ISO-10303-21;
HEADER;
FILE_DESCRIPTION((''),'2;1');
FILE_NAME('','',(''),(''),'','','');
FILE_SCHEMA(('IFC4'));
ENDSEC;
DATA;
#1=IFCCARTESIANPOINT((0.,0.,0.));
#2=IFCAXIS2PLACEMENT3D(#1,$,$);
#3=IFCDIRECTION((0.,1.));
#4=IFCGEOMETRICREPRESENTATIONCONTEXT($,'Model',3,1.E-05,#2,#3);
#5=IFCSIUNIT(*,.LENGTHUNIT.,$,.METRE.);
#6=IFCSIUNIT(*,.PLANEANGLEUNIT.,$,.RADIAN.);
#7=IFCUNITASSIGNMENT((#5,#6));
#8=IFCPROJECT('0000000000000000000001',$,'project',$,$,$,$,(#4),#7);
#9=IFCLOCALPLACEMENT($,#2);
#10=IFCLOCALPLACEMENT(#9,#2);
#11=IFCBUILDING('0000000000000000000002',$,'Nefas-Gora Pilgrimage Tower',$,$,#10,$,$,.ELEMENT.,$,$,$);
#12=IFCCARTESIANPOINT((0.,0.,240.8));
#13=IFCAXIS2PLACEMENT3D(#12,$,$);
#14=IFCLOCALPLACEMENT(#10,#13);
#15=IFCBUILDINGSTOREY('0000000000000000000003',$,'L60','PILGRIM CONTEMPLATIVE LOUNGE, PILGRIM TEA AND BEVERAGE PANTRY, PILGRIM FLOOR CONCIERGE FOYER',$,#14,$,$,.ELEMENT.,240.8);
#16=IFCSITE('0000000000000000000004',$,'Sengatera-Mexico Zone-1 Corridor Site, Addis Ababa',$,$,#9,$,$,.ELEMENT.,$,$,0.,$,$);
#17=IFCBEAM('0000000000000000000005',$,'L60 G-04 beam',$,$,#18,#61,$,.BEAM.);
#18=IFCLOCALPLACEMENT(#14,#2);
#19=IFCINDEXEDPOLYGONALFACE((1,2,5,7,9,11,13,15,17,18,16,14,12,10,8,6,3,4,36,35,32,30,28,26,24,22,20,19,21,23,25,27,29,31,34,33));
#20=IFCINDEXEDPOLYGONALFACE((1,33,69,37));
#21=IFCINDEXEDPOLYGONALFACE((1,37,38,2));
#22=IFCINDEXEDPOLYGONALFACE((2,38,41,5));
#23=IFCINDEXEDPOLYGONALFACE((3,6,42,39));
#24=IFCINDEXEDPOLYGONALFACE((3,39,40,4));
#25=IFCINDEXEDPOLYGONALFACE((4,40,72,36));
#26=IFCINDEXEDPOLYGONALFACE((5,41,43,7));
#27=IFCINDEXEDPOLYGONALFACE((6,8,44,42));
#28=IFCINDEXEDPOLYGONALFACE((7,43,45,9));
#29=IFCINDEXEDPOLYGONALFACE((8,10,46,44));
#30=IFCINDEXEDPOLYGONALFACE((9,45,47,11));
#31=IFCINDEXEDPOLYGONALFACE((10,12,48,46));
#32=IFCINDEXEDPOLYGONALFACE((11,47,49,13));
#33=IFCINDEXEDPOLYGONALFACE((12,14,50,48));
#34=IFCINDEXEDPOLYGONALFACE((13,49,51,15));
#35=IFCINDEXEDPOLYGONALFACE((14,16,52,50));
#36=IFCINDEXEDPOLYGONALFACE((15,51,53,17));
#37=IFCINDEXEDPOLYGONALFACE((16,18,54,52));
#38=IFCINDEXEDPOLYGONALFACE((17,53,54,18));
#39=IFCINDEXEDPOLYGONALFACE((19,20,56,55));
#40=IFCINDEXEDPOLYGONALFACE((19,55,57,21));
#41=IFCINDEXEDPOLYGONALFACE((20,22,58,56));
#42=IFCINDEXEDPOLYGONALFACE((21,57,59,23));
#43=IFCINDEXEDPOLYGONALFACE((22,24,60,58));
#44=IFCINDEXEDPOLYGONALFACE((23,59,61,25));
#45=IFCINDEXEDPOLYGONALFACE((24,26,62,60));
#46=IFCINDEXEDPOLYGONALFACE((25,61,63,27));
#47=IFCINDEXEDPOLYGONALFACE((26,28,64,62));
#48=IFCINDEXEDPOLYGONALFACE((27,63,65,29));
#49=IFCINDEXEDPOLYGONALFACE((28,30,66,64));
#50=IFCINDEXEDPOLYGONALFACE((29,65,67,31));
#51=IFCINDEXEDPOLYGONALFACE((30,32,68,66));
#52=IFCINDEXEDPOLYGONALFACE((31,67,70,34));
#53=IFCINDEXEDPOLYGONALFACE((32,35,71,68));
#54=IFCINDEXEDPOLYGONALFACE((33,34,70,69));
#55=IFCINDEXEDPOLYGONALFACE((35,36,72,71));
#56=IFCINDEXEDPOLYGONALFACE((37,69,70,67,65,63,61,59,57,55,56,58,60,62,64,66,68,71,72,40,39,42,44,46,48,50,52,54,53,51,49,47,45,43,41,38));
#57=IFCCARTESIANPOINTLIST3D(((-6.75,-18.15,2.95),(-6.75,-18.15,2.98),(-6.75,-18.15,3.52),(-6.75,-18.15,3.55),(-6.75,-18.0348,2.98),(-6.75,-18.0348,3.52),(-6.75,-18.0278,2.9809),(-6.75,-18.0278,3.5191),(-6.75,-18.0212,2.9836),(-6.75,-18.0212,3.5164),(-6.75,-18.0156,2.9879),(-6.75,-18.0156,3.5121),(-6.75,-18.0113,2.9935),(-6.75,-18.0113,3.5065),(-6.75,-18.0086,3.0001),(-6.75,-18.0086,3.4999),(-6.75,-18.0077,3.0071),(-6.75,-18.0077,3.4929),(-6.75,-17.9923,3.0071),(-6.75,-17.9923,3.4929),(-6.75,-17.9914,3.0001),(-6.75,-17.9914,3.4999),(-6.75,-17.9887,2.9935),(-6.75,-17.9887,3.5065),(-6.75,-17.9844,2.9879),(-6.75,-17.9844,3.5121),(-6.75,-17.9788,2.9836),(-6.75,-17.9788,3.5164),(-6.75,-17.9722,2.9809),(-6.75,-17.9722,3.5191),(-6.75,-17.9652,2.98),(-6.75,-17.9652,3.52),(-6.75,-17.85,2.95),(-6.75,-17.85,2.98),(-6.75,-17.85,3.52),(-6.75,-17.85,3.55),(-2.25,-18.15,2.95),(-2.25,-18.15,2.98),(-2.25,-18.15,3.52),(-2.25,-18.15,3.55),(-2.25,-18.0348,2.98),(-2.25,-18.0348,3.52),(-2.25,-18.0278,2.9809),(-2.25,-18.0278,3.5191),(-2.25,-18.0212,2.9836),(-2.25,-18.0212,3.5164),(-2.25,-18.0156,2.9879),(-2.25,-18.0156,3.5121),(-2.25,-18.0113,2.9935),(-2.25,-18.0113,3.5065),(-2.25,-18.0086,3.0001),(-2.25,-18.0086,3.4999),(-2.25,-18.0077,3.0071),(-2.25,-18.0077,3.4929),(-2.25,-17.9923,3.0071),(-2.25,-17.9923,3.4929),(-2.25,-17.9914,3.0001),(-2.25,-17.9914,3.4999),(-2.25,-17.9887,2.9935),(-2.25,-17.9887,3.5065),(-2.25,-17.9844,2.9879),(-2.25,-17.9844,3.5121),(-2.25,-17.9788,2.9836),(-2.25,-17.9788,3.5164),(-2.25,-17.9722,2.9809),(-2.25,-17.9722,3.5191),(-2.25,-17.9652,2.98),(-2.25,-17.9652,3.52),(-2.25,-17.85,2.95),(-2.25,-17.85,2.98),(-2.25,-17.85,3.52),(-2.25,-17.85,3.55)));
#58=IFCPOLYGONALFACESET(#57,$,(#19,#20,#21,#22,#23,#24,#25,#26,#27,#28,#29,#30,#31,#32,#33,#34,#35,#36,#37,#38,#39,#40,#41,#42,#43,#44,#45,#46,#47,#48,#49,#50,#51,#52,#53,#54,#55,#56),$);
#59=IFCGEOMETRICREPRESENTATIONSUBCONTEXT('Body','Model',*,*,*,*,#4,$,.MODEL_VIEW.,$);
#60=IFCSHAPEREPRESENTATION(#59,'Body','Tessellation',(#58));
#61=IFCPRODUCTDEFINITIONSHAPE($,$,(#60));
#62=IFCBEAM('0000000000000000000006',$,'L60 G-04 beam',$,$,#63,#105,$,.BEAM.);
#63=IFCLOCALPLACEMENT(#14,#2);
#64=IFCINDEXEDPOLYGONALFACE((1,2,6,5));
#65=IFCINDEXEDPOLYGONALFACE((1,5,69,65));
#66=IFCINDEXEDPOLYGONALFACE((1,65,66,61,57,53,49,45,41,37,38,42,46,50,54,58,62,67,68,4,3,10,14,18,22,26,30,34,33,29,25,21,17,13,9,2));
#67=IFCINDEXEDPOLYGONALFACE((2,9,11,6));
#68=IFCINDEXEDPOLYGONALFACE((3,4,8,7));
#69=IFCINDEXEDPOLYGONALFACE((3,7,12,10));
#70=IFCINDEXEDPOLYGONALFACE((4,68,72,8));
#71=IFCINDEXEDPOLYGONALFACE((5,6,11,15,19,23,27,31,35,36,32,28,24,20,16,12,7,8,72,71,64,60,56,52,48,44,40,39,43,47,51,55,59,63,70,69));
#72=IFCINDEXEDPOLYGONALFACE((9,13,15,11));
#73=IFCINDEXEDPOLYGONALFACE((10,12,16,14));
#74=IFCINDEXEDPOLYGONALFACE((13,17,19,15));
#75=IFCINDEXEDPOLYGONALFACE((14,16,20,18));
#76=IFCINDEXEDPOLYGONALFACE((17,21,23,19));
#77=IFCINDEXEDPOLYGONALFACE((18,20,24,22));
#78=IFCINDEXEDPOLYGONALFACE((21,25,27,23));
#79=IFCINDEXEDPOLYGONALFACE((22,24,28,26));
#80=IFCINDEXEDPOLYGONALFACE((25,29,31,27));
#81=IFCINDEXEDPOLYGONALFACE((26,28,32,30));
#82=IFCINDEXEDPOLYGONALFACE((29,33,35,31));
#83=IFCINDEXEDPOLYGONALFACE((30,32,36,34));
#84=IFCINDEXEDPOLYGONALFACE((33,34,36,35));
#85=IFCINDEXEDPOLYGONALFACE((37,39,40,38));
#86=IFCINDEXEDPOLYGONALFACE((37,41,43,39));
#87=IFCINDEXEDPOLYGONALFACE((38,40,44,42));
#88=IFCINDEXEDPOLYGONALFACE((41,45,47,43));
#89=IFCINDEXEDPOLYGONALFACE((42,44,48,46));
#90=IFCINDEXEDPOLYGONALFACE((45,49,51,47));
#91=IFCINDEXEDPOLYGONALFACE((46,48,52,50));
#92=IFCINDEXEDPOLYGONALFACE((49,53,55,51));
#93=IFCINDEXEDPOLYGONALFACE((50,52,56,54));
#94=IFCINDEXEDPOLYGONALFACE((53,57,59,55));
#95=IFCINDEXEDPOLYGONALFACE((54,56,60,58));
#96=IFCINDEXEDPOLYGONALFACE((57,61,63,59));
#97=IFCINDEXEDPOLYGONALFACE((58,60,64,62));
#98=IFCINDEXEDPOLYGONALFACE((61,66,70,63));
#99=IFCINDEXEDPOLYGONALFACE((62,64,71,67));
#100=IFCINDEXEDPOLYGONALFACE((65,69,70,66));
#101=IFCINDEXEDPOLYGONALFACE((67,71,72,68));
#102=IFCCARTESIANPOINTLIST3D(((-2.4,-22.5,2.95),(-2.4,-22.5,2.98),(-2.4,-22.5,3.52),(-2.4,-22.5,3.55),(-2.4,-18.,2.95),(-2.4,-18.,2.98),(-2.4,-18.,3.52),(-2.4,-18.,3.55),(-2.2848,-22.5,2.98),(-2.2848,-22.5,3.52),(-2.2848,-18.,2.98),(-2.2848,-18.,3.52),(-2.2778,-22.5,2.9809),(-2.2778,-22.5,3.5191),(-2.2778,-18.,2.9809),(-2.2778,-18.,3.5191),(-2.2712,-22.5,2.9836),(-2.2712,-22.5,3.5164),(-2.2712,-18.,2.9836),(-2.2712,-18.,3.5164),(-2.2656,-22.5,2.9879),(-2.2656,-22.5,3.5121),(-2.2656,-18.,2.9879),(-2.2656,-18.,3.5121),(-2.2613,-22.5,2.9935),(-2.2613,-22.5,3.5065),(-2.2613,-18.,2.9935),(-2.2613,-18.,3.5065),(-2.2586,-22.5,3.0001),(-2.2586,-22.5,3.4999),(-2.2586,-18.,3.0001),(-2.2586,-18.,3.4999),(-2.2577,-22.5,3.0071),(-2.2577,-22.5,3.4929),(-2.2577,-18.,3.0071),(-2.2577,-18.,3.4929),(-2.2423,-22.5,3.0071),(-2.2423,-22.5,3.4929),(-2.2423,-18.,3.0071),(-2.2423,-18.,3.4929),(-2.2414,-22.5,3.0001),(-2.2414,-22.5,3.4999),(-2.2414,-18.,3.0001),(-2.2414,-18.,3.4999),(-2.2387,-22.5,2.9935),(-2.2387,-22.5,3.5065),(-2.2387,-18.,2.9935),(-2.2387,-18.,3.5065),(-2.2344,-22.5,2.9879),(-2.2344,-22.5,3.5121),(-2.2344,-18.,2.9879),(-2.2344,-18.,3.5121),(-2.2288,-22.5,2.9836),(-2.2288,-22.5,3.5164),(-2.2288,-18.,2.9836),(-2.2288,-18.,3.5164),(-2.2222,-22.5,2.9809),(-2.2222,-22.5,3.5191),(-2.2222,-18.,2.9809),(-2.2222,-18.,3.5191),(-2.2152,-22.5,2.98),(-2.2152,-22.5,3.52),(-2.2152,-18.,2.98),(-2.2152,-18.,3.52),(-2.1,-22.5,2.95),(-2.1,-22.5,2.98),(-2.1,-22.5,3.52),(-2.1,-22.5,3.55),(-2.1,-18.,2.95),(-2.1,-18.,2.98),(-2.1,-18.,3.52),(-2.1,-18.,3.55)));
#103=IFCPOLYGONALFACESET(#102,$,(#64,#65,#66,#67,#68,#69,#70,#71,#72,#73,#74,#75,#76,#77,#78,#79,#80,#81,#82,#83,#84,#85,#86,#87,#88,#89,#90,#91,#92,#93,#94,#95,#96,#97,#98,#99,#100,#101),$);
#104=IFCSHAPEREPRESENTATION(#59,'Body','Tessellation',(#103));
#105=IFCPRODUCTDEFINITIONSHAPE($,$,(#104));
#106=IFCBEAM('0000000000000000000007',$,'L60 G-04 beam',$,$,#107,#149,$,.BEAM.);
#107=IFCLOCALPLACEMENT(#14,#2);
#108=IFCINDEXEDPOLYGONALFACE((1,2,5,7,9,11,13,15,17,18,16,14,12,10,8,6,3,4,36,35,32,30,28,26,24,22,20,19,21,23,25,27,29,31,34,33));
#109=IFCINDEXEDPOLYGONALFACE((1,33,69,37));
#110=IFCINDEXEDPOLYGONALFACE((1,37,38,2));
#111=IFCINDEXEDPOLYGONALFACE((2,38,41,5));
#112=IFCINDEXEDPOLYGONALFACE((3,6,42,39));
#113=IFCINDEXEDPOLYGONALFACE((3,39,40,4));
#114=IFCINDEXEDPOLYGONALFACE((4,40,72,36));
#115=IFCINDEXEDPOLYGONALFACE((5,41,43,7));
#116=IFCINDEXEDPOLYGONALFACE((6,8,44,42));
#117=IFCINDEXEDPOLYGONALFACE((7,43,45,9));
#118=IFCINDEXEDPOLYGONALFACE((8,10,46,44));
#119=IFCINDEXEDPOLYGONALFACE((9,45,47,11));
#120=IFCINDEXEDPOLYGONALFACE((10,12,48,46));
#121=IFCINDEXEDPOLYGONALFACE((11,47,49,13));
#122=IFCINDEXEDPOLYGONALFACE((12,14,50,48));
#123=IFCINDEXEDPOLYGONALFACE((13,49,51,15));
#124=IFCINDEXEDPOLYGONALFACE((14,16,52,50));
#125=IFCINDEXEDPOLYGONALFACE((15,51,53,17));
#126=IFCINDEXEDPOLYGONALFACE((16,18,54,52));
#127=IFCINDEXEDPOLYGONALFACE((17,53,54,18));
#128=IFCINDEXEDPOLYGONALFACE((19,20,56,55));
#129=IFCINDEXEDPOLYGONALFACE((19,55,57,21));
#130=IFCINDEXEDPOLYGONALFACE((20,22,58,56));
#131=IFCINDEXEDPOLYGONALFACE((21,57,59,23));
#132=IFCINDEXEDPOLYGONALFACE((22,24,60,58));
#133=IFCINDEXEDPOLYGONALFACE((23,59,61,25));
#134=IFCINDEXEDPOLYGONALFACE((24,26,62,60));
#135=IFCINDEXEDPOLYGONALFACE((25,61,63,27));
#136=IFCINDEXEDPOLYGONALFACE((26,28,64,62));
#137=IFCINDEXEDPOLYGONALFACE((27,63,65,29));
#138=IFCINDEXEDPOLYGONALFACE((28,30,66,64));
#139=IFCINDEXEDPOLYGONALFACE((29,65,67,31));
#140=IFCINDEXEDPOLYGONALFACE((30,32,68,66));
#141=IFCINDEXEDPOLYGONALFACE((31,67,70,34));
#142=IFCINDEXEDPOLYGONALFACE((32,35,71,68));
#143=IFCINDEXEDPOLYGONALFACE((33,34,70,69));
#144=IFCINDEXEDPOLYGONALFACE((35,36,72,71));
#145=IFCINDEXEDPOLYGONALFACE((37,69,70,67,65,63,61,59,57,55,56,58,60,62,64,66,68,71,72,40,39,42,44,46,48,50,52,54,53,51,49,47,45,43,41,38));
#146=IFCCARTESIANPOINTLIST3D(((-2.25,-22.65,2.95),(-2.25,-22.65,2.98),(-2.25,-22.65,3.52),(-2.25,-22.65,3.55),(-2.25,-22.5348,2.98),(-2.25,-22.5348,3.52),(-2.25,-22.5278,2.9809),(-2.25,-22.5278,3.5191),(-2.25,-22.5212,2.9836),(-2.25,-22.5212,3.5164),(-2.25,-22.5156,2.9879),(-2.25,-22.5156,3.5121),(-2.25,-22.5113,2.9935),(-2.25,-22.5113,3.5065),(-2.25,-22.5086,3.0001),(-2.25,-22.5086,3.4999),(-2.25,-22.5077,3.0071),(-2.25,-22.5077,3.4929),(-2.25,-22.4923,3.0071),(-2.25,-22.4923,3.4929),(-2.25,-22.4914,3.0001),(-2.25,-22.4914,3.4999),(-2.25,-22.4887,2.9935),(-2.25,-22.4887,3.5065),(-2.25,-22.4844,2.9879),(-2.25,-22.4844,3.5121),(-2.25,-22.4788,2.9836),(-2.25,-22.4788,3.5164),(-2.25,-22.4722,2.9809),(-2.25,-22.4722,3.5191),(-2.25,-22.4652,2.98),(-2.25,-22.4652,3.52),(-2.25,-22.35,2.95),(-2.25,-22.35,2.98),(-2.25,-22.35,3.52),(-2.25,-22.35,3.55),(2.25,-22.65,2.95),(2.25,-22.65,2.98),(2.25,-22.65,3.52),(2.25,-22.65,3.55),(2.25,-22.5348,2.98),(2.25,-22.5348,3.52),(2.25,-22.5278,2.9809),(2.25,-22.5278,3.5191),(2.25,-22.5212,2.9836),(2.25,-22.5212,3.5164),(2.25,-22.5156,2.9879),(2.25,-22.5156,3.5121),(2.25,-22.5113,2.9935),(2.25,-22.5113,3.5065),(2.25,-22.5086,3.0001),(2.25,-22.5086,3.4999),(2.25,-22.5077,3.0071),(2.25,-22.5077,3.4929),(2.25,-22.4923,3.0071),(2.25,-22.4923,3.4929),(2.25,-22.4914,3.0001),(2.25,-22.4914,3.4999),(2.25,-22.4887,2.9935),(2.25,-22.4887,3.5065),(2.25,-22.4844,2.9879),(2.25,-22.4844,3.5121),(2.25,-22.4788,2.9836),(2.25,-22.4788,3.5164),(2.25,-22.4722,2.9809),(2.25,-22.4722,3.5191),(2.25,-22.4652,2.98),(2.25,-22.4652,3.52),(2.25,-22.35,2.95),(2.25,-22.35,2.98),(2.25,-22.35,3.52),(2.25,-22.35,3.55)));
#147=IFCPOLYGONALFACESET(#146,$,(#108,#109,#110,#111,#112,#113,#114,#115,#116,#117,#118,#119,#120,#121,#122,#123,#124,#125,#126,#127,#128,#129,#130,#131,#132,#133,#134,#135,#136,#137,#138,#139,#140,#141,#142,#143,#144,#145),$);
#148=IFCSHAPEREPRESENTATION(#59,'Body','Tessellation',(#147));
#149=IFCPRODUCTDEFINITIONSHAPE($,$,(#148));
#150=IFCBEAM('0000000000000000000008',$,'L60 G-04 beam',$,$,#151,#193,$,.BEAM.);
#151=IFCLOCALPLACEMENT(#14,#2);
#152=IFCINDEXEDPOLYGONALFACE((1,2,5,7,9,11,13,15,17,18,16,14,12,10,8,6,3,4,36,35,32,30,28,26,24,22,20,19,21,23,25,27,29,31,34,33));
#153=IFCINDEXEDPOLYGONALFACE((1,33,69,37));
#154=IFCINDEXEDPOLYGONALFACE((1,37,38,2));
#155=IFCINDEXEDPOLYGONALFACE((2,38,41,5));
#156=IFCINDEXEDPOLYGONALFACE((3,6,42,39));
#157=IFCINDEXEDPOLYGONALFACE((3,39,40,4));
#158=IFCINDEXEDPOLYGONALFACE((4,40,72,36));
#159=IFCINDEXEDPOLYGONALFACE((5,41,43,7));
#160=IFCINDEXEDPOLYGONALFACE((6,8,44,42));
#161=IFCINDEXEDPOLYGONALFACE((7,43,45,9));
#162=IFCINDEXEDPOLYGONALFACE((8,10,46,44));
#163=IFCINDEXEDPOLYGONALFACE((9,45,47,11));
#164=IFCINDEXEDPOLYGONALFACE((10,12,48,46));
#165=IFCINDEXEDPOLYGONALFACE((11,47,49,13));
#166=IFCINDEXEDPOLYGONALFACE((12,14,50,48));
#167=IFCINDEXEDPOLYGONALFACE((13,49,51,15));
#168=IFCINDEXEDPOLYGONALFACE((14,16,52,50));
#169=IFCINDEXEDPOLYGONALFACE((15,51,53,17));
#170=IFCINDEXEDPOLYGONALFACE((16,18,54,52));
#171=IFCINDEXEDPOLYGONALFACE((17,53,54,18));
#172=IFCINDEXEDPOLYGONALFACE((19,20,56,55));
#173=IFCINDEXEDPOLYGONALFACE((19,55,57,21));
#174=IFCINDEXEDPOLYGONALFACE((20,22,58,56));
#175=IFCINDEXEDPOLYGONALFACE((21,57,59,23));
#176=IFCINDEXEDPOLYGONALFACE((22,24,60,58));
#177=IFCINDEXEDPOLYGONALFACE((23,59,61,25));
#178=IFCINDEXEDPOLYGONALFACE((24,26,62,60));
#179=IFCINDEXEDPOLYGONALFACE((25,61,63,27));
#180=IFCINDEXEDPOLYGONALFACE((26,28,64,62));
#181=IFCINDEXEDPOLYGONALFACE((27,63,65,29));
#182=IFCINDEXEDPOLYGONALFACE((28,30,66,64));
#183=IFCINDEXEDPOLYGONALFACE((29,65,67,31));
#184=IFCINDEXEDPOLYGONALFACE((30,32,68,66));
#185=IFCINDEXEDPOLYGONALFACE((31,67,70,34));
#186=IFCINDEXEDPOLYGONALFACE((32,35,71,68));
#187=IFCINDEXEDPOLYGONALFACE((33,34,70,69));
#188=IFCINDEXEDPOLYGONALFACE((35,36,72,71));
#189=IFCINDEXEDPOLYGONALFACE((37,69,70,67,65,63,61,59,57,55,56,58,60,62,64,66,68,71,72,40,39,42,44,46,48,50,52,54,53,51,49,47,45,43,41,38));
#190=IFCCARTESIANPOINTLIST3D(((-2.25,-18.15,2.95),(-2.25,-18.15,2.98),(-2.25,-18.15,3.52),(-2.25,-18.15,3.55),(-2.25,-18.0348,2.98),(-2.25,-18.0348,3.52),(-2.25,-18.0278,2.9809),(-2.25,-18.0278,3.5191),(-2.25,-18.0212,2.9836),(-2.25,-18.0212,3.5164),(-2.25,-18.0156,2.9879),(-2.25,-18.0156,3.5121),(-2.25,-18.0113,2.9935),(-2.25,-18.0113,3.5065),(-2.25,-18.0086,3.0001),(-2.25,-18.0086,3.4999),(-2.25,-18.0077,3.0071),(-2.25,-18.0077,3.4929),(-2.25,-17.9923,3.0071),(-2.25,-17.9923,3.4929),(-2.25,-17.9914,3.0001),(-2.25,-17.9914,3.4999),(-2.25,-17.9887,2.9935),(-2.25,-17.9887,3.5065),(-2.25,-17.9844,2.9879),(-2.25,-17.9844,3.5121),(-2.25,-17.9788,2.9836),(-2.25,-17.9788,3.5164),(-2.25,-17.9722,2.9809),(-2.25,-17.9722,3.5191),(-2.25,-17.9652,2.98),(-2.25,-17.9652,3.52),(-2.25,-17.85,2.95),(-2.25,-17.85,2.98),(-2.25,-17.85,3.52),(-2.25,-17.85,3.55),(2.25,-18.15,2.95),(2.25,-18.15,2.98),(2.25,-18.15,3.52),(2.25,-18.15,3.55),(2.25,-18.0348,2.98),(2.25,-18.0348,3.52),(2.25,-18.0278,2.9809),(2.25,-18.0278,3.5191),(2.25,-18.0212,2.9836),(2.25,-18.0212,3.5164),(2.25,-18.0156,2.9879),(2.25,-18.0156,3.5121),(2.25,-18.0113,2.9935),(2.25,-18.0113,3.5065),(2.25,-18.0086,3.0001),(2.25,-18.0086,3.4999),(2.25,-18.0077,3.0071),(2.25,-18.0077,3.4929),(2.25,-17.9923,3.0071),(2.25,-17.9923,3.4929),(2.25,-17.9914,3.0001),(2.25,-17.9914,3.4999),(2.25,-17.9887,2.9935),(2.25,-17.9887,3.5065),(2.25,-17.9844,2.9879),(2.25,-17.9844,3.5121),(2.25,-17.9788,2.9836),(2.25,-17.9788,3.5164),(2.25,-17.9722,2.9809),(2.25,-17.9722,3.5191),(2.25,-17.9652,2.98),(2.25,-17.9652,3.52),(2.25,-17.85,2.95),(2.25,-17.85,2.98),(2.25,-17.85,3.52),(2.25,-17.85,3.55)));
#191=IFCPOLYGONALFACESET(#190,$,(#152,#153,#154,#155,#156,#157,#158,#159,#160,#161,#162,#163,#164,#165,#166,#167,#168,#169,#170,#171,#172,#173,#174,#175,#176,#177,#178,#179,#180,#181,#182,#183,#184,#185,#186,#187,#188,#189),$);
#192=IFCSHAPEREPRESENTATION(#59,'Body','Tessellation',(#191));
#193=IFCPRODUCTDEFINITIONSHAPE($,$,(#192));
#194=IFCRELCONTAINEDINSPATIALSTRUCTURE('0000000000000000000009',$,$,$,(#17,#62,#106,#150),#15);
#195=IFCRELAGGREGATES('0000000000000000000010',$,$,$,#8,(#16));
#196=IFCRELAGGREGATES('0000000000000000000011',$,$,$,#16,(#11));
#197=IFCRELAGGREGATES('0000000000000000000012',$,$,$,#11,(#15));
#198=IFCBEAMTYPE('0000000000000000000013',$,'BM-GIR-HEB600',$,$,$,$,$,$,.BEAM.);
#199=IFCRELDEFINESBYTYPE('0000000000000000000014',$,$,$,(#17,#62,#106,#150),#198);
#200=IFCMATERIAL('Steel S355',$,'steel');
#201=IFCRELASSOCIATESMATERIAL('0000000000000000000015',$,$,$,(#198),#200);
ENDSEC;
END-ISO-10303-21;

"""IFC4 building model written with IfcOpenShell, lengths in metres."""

from ifc_helpers import new_model, si_unit, direction, frame, origin, origin_2d, place, context, subcontext, project, spatial, i_section, extrude, source, transform, mapped, material, material_profile, profile_set, type_object, element, save


model = new_model("IFC4")

# Units and contexts
model_context = context("Model", 3, precision=1e-05, world=origin(), true_north=direction((0.0, 1.0)))
body_context = subcontext(model_context, "Body", "Model", "MODEL_VIEW")
ifc_project = project(units=[si_unit("LENGTHUNIT", "METRE"), si_unit("PLANEANGLEUNIT", "RADIAN")], contexts=[model_context])

# Site, building, storey
site_placement = place(None, origin())
site = spatial("IfcSite", under=ifc_project, at=site_placement, Name="Sengatera-Mexico Zone-1 Corridor Site, Addis Ababa", CompositionType="ELEMENT", RefElevation=0.0)
building_placement = place(site_placement, origin())
building = spatial("IfcBuilding", under=site, at=building_placement, Name="Nefas-Gora Pilgrimage Tower", CompositionType="ELEMENT")
storey_placement = place(building_placement, frame((0.0, 0.0, 240.8)))
storey = spatial("IfcBuildingStorey", under=building, at=storey_placement, Name="L60", Description="PILGRIM CONTEMPLATIVE LOUNGE, PILGRIM TEA AND BEVERAGE PANTRY, PILGRIM FLOOR CONCIERGE FOYER", CompositionType="ELEMENT", Elevation=240.8)

# Beams
ifc_material_1 = material(Name="Steel S355", Category="steel")
ifc_material_profile_1 = material_profile(ifc_material_1, i_section(OverallWidth=0.3, OverallDepth=0.6001, WebThickness=0.0154, FlangeThickness=0.03, FilletRadius=0.0271, at=origin_2d()), Name="HEB 600")
ifc_profile_set_1 = profile_set([ifc_material_profile_1], Name="Steel S355")
beam_type = type_object("IfcBeamType", Name="BM-GIR-HEB600", PredefinedType="BEAM", material=ifc_profile_set_1)
shared_shape_1 = source(origin(), body_context, "Body", "SweptSolid", [
    extrude(i_section(OverallWidth=0.3, OverallDepth=0.6001, WebThickness=0.0154, FlangeThickness=0.03, FilletRadius=0.0271, at=origin_2d()), origin(), (0.0, 0.0, 1.0), 4.5),
])
for number, where, z_axis, x_axis, name in (
    (1, (-6.75, -18.0, 3.25), (1.0, 0.0, 0.0), (0.0, 1.0, 0.0), "L60 G-04 beam"),
    (2, (-2.25, -22.5, 3.25), (0.0, 1.0, 0.0), (-1.0, 0.0, 0.0), "L60 G-04 beam"),
    (3, (-2.25, -22.5, 3.25), (1.0, 0.0, 0.0), (0.0, 1.0, 0.0), "L60 G-04 beam"),
    (4, (-2.25, -18.0, 3.25), (1.0, 0.0, 0.0), (0.0, 1.0, 0.0), "L60 G-04 beam"),
):
    element("IfcBeam", number, at=place(storey_placement, frame(where, z_axis=z_axis, x_axis=x_axis)), inside=storey, type_object=beam_type, Name=name, PredefinedType="BEAM", context=body_context, shape_type="MappedRepresentation", body=[
        mapped(shared_shape_1, transform((0.0, 0.0, 0.0), x_axis=(1.0, 0.0, 0.0), y_axis=(0.0, 1.0, 0.0), z_axis=(0.0, 0.0, 1.0), scale=1.0)),
    ])

save(model, "model.ifc")
